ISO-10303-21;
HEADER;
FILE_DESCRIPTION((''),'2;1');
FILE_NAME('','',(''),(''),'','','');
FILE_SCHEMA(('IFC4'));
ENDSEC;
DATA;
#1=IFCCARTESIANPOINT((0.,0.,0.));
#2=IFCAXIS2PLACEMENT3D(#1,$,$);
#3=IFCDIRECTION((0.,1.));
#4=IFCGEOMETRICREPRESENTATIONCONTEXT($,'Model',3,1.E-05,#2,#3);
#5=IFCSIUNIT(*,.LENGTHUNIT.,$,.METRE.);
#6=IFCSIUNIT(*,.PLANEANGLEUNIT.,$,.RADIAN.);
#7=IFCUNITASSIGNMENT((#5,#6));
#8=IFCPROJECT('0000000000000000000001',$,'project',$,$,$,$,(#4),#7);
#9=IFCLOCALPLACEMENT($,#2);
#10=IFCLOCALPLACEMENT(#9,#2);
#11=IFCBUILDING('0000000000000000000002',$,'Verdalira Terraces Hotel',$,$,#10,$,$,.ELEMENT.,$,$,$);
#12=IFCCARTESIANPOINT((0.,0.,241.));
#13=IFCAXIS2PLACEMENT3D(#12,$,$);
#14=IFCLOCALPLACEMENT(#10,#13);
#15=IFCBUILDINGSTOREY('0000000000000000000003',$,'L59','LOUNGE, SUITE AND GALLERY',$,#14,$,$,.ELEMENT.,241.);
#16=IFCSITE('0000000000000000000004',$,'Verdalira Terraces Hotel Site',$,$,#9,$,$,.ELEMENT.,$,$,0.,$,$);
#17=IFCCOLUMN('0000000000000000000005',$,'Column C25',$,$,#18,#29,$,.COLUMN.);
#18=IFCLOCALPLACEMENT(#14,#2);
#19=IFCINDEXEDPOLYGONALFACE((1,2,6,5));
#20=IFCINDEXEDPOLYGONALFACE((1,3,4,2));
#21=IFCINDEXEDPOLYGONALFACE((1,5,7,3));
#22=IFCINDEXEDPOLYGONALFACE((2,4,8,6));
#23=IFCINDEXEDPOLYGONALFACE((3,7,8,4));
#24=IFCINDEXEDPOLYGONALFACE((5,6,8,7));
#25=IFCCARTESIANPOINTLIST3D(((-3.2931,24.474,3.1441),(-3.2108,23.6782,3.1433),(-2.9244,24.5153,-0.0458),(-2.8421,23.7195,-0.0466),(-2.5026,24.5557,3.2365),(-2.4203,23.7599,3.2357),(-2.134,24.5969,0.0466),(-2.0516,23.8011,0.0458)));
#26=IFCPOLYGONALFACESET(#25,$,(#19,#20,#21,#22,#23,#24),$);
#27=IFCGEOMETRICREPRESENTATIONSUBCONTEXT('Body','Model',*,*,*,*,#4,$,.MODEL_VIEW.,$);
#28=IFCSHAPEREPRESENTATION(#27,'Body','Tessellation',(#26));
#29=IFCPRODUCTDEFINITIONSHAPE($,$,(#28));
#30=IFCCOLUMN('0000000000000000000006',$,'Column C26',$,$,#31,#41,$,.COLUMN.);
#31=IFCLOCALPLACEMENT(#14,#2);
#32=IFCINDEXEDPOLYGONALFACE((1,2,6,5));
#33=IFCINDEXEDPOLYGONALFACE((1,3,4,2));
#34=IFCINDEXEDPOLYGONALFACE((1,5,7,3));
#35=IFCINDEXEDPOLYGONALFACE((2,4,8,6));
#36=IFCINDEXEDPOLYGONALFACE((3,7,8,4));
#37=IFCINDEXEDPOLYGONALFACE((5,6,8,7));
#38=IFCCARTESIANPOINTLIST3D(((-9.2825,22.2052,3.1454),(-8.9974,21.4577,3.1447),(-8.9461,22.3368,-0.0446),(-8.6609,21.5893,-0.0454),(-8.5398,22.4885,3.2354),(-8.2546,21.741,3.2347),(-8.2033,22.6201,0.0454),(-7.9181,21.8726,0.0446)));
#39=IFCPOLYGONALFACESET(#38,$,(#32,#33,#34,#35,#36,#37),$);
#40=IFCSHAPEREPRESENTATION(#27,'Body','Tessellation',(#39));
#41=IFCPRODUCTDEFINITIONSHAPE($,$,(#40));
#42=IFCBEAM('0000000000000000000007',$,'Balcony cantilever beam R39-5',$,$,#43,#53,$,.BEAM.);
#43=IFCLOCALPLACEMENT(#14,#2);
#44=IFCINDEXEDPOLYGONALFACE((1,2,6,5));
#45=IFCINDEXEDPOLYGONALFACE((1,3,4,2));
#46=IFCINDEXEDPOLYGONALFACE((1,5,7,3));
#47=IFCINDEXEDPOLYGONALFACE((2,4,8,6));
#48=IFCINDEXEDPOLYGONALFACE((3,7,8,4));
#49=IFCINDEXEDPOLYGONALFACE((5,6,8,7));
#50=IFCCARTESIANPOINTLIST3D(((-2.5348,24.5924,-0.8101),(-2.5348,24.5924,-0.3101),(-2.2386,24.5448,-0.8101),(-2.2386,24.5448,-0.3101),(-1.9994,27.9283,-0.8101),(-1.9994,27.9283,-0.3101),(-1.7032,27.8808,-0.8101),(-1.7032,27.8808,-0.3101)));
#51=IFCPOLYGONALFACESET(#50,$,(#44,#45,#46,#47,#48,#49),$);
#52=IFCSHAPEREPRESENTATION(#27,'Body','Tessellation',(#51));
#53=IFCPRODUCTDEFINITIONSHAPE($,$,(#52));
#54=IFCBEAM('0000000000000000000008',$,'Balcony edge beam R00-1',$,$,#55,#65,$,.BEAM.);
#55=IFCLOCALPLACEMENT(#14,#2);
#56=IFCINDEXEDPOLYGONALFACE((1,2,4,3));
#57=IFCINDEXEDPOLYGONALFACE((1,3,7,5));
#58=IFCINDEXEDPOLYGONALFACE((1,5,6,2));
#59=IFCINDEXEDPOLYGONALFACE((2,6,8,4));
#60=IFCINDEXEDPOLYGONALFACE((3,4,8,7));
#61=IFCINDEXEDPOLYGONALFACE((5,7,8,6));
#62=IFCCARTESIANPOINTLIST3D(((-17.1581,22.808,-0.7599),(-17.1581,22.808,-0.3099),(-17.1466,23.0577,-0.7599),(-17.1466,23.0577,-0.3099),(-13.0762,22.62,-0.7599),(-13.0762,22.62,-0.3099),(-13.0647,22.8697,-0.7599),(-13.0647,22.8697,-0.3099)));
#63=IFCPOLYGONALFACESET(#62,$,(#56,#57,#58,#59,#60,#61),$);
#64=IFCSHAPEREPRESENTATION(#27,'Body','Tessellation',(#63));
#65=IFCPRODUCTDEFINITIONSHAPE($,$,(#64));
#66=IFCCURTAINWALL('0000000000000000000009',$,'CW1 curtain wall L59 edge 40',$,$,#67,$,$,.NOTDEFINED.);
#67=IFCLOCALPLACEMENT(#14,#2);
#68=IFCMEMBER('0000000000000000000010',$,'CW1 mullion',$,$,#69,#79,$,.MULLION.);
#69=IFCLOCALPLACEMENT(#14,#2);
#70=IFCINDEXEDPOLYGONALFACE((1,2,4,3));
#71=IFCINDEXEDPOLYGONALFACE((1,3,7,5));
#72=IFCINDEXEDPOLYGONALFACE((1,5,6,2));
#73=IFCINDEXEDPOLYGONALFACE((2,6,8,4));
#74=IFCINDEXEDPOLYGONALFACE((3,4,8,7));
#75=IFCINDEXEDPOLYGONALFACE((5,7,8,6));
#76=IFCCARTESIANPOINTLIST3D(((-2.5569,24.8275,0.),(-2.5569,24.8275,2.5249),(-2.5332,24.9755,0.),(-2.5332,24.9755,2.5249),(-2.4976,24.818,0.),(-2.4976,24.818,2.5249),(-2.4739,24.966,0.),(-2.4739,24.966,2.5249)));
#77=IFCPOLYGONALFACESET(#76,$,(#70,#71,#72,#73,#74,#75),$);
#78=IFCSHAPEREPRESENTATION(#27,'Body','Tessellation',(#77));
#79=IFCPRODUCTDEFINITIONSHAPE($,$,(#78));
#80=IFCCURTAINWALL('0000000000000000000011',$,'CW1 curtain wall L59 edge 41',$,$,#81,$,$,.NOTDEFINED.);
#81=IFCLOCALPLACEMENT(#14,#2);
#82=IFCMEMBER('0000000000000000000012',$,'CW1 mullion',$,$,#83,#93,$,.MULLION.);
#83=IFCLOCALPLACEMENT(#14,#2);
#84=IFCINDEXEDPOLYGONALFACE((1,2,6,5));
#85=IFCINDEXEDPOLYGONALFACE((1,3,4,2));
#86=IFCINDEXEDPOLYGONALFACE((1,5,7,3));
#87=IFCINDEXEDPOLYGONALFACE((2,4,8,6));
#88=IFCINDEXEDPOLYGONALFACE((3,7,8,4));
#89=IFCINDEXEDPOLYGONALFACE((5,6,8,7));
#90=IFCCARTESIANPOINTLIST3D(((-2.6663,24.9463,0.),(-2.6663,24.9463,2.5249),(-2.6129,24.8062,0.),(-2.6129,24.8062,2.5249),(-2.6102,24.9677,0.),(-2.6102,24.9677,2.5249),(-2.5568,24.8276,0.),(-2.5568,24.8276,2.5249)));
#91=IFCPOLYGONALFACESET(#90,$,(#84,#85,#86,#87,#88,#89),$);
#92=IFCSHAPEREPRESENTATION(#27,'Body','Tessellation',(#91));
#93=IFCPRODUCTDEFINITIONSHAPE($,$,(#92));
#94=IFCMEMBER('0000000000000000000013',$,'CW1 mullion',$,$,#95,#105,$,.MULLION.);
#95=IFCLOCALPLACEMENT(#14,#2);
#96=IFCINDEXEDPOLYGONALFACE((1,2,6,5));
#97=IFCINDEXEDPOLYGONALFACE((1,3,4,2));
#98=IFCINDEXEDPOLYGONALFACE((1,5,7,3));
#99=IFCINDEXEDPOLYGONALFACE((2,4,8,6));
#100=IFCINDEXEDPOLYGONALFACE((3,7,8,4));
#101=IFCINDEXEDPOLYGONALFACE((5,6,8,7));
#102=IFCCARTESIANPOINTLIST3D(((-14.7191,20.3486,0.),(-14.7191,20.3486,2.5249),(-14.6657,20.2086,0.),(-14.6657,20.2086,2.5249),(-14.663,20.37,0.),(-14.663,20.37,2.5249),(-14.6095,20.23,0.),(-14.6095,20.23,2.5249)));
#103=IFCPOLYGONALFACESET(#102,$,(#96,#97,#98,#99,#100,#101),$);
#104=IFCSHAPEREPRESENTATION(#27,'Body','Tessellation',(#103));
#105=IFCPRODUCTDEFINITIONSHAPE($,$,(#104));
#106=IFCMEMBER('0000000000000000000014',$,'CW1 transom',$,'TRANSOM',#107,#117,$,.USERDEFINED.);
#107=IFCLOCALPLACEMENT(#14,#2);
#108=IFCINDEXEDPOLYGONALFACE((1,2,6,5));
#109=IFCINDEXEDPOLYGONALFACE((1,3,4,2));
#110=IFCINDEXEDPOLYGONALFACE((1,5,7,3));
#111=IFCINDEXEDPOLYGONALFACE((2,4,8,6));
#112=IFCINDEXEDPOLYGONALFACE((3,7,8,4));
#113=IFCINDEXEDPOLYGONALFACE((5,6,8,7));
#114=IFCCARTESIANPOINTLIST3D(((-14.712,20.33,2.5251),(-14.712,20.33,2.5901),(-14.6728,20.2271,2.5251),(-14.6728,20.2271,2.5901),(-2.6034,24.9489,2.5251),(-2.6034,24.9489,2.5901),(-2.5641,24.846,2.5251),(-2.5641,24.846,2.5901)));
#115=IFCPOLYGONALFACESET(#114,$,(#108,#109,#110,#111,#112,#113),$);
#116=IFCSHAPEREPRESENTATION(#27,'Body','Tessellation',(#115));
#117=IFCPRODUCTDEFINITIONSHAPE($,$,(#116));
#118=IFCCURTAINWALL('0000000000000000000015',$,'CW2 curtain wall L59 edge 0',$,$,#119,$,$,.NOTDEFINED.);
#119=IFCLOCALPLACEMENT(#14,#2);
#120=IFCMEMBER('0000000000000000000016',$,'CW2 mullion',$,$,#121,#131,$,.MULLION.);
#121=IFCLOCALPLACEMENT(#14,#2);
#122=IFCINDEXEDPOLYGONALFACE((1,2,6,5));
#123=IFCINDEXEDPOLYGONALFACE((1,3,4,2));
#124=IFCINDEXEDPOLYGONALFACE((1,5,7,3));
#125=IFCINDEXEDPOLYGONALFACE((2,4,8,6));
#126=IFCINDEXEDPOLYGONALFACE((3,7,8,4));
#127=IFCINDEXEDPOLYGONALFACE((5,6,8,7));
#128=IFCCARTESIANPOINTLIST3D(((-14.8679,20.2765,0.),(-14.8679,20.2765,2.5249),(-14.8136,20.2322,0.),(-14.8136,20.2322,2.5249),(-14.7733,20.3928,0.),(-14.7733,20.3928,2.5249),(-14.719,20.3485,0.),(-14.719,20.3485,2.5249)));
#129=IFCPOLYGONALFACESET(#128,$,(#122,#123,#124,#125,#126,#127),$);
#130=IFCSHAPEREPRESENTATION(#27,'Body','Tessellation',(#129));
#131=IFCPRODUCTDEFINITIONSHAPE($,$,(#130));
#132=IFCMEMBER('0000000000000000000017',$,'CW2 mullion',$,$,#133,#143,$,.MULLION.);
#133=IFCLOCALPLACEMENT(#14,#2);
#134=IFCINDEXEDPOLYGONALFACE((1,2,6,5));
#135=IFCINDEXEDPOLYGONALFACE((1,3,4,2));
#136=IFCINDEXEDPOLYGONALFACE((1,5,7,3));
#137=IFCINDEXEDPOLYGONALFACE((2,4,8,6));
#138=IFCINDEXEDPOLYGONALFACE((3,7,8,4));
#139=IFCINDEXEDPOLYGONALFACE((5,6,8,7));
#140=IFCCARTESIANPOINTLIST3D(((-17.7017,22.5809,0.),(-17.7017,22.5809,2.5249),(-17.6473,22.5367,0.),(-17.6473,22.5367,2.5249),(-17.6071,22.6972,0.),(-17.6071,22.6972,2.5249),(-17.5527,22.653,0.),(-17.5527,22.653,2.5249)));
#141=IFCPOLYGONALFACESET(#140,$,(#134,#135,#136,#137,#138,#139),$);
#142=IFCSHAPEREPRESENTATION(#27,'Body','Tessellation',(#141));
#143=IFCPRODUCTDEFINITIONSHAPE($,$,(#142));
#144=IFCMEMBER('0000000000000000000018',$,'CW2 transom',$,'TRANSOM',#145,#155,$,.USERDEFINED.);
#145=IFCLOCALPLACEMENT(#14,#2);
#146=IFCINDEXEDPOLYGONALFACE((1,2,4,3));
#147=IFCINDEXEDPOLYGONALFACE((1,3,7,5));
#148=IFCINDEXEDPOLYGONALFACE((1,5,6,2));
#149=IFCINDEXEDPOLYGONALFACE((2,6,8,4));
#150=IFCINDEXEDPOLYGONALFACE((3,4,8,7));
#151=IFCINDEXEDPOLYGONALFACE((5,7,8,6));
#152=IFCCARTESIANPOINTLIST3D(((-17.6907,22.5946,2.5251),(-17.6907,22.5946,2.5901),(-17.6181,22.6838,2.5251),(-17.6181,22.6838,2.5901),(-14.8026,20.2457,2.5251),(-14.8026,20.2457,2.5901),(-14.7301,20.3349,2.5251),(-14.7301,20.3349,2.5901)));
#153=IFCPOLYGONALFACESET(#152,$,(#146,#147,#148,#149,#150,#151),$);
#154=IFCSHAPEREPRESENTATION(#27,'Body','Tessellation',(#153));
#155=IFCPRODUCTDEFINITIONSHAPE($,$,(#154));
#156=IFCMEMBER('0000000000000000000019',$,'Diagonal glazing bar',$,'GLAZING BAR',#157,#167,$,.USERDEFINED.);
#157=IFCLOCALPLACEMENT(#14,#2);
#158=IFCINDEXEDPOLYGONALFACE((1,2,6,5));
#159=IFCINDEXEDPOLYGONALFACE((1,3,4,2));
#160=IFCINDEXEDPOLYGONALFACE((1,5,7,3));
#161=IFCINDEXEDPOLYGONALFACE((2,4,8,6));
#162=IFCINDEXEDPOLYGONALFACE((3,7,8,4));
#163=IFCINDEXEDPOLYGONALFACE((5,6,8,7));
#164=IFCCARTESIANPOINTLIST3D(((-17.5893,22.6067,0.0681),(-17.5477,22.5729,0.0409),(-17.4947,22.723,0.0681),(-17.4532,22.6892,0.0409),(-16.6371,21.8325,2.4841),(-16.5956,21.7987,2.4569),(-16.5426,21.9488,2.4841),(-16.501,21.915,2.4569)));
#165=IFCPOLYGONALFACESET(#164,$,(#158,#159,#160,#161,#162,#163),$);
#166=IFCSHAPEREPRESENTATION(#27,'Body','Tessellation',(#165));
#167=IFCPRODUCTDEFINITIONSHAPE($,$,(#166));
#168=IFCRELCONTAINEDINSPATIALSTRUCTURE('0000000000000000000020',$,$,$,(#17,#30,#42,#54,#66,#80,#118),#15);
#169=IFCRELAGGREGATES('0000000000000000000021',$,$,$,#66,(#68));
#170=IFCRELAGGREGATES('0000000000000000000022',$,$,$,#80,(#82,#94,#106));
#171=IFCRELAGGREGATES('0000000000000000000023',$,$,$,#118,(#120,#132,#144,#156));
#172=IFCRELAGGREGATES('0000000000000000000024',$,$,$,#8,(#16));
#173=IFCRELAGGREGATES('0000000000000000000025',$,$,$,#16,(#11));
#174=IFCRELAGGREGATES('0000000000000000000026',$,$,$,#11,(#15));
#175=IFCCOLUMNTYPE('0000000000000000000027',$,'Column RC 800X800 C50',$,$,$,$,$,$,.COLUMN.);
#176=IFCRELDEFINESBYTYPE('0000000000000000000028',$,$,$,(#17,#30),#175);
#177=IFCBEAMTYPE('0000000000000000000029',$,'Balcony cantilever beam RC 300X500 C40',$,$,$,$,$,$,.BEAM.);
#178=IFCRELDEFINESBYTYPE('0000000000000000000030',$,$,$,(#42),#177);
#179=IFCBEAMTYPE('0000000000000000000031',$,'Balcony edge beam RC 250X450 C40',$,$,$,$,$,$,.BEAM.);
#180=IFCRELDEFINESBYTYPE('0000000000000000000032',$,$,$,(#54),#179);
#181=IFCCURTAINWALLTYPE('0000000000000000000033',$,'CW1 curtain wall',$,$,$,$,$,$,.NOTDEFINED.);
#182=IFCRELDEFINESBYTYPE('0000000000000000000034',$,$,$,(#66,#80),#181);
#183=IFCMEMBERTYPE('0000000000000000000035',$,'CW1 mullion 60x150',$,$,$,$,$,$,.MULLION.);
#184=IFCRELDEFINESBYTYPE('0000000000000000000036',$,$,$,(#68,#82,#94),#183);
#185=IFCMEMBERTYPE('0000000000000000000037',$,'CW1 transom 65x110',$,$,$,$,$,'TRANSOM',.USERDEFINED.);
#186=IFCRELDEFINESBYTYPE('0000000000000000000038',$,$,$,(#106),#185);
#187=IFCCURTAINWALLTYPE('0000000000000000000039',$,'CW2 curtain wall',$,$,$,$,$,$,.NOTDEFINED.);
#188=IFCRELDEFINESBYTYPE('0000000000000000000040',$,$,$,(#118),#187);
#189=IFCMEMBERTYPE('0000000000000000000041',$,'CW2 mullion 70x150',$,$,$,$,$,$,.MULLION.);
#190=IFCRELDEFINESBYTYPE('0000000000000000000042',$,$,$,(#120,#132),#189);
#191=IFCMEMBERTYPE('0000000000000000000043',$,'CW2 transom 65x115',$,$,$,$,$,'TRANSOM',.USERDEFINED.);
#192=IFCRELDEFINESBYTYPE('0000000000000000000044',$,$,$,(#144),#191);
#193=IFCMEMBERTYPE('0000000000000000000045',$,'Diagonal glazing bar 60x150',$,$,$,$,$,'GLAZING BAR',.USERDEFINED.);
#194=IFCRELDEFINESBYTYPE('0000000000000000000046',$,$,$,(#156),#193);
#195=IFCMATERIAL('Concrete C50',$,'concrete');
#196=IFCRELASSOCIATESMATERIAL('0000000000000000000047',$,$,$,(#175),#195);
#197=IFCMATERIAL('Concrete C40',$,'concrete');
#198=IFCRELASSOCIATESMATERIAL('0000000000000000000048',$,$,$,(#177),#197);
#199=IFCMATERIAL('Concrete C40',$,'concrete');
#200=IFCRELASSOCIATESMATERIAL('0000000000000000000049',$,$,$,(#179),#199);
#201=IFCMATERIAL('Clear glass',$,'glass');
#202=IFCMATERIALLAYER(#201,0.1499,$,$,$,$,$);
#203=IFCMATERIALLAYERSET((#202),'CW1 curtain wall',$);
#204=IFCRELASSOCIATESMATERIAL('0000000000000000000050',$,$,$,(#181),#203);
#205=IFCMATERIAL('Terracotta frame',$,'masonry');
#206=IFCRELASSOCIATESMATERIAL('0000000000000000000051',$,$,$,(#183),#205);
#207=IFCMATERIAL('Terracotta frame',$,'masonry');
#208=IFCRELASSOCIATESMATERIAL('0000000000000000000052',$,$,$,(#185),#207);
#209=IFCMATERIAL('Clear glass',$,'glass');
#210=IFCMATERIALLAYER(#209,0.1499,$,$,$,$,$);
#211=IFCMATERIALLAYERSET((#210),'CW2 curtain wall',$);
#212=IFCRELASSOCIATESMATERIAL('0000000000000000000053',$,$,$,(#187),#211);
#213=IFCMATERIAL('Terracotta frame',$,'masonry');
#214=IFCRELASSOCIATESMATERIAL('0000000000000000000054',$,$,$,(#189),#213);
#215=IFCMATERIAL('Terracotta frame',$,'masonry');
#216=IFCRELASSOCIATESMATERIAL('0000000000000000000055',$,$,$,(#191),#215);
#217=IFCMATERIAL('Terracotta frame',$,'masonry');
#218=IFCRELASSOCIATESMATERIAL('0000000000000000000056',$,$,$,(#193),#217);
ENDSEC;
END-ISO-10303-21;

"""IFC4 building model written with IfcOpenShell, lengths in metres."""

from ifc_helpers import new_model, si_unit, direction, frame, origin, origin_2d, place, context, subcontext, project, spatial, rectangle, extrude, material, layer, layer_set, material_profile, profile_set, type_object, element, aggregate, save


model = new_model("IFC4")

# Units and contexts
model_context = context("Model", 3, precision=1e-05, world=origin(), true_north=direction((0.0, 1.0)))
body_context = subcontext(model_context, "Body", "Model", "MODEL_VIEW")
ifc_project = project(units=[si_unit("LENGTHUNIT", "METRE"), si_unit("PLANEANGLEUNIT", "RADIAN")], contexts=[model_context])

# Site, building, storey
site_placement = place(None, origin())
site = spatial("IfcSite", under=ifc_project, at=site_placement, Name="Verdalira Terraces Hotel Site", CompositionType="ELEMENT", RefElevation=0.0)
building_placement = place(site_placement, origin())
building = spatial("IfcBuilding", under=site, at=building_placement, Name="Verdalira Terraces Hotel", CompositionType="ELEMENT")
storey_placement = place(building_placement, frame((0.0, 0.0, 241.0)))
storey = spatial("IfcBuildingStorey", under=building, at=storey_placement, Name="L59", Description="LOUNGE, SUITE AND GALLERY", CompositionType="ELEMENT", Elevation=241.0)

# Columns
ifc_material_1 = material(Name="Concrete C50", Category="concrete")
ifc_material_profile_1 = material_profile(ifc_material_1, rectangle(XDim=0.8, YDim=0.8, at=origin_2d()), Name="RC 800X800")
ifc_profile_set_1 = profile_set([ifc_material_profile_1], Name="Concrete C50")
column_type = type_object("IfcColumnType", Name="Column RC 800X800 C50", PredefinedType="COLUMN", material=ifc_profile_set_1)
column_1_placement = place(storey_placement, frame((-2.488, 24.1582, 0.0), z_axis=(-0.114794, -0.012848, 0.993306), x_axis=(0.988046, 0.102097, 0.115506)))
element("IfcColumn", 1, at=column_1_placement, inside=storey, type_object=column_type, Name="Column C25", PredefinedType="COLUMN", context=body_context, shape_type="SweptSolid", body=[
    extrude(rectangle(XDim=0.8, YDim=0.8, at=origin_2d()), origin(), (0.0, 0.0, 1.0), 3.2114),
])
column_2_placement = place(storey_placement, frame((-8.4321, 22.1047, 0.0), z_axis=(-0.104795, -0.04099, 0.993649), x_axis=(-0.928416, -0.354093, -0.112522)))
element("IfcColumn", 2, at=column_2_placement, inside=storey, type_object=column_type, Name="Column C26", PredefinedType="COLUMN", context=body_context, shape_type="SweptSolid", body=[
    extrude(rectangle(XDim=0.8, YDim=0.8, at=origin_2d()), origin(), (0.0, 0.0, 1.0), 3.2104),
])

# Beams
ifc_material_2 = material(Name="Concrete C40", Category="concrete")
ifc_material_profile_2 = material_profile(ifc_material_2, rectangle(XDim=0.3, YDim=0.5, at=origin_2d()), Name="RC 300X500")
ifc_profile_set_2 = profile_set([ifc_material_profile_2], Name="Concrete C40")
beam_type_1 = type_object("IfcBeamType", Name="Balcony cantilever beam RC 300X500 C40", PredefinedType="BEAM", material=ifc_profile_set_2)
beam_1_placement = place(storey_placement, frame((-2.3867, 24.5686, -0.5601), z_axis=(0.158467, 0.987364, 0.0), x_axis=(-0.987364, 0.158467, 0.0)))
element("IfcBeam", 3, at=beam_1_placement, inside=storey, type_object=beam_type_1, Name="Balcony cantilever beam R39-5", PredefinedType="BEAM", context=body_context, shape_type="SweptSolid", body=[
    extrude(rectangle(XDim=0.3, YDim=0.5, at=origin_2d()), origin(), (0.0, 0.0, 1.0), 3.3787),
])
ifc_material_3 = material(Name="Concrete C40", Category="concrete")
ifc_material_profile_3 = material_profile(ifc_material_3, rectangle(XDim=0.25, YDim=0.45, at=origin_2d()), Name="RC 250X450")
ifc_profile_set_3 = profile_set([ifc_material_profile_3], Name="Concrete C40")
beam_type_2 = type_object("IfcBeamType", Name="Balcony edge beam RC 250X450 C40", PredefinedType="BEAM", material=ifc_profile_set_3)
beam_2_placement = place(storey_placement, frame((-17.1523, 22.9329, -0.5349), z_axis=(0.998941, -0.046007, 0.0), x_axis=(0.046007, 0.998941, 0.0)))
element("IfcBeam", 4, at=beam_2_placement, inside=storey, type_object=beam_type_2, Name="Balcony edge beam R00-1", PredefinedType="BEAM", context=body_context, shape_type="SweptSolid", body=[
    extrude(rectangle(XDim=0.25, YDim=0.45, at=origin_2d()), origin(), (0.0, 0.0, 1.0), 4.0862),
])

# Curtain wall, member
ifc_material_4 = material(Name="Clear glass", Category="glass")
ifc_layer_1 = layer(ifc_material_4, 0.1499)
ifc_layer_set_1 = layer_set([ifc_layer_1], Name="CW1 curtain wall")
curtain_wall_type_1 = type_object("IfcCurtainWallType", Name="CW1 curtain wall", PredefinedType="NOTDEFINED", material=ifc_layer_set_1)
curtain_wall_1_placement = place(storey_placement, origin())
curtain_wall_1 = element("IfcCurtainWall", 5, at=curtain_wall_1_placement, inside=storey, type_object=curtain_wall_type_1, Name="CW1 curtain wall L59 edge 40", PredefinedType="NOTDEFINED")
ifc_material_5 = material(Name="Terracotta frame", Category="masonry")
ifc_material_profile_4 = material_profile(ifc_material_5, rectangle(XDim=0.0601, YDim=0.1499, at=origin_2d()), Name="MU 60x150")
ifc_profile_set_4 = profile_set([ifc_material_profile_4], Name="Terracotta frame")
member_type_1 = type_object("IfcMemberType", Name="CW1 mullion 60x150", PredefinedType="MULLION", material=ifc_profile_set_4)
member_1_placement = place(storey_placement, frame((-2.5154, 24.8967, 0.0), z_axis=(0.0, 0.0, 1.0), x_axis=(-0.987359, 0.158503, 0.0)))
member_1 = element("IfcMember", 6, at=member_1_placement, type_object=member_type_1, Name="CW1 mullion", PredefinedType="MULLION", context=body_context, shape_type="SweptSolid", body=[
    extrude(rectangle(XDim=0.0601, YDim=0.1499, at=origin_2d()), origin(), (0.0, 0.0, 1.0), 2.5249),
])
aggregate(curtain_wall_1, [member_1])

# Curtain walls, members
curtain_wall_2_placement = place(storey_placement, origin())
curtain_wall_2 = element("IfcCurtainWall", 7, at=curtain_wall_2_placement, inside=storey, type_object=curtain_wall_type_1, Name="CW1 curtain wall L59 edge 41", PredefinedType="NOTDEFINED")
member_2_placement = place(storey_placement, frame((-2.6116, 24.887, 0.0), z_axis=(0.0, 0.0, 1.0), x_axis=(-0.934329, -0.356412, 0.0)))
member_2 = element("IfcMember", 8, at=member_2_placement, type_object=member_type_1, Name="CW1 mullion", PredefinedType="MULLION", context=body_context, shape_type="SweptSolid", body=[
    extrude(rectangle(XDim=0.0601, YDim=0.1499, at=origin_2d()), origin(), (0.0, 0.0, 1.0), 2.5249),
])
member_3_placement = place(storey_placement, frame((-14.6643, 20.2893, 0.0), z_axis=(0.0, 0.0, 1.0), x_axis=(-0.934329, -0.356412, 0.0)))
member_3 = element("IfcMember", 9, at=member_3_placement, type_object=member_type_1, Name="CW1 mullion", PredefinedType="MULLION", context=body_context, shape_type="SweptSolid", body=[
    extrude(rectangle(XDim=0.0601, YDim=0.1499, at=origin_2d()), origin(), (0.0, 0.0, 1.0), 2.5249),
])
ifc_material_6 = material(Name="Terracotta frame", Category="masonry")
ifc_material_profile_5 = material_profile(ifc_material_6, rectangle(XDim=0.1101, YDim=0.0649, at=origin_2d()), Name="TR 65x110")
ifc_profile_set_5 = profile_set([ifc_material_profile_5], Name="Terracotta frame")
member_type_2 = type_object("IfcMemberType", Name="CW1 transom 65x110", ElementType="TRANSOM", PredefinedType="USERDEFINED", material=ifc_profile_set_5)
member_4_placement = place(storey_placement, frame((-2.5837, 24.8975, 2.5576), z_axis=(-0.934332, -0.356405, 0.0), x_axis=(0.356405, -0.934332, 0.0)))
member_4 = element("IfcMember", 10, at=member_4_placement, type_object=member_type_2, Name="CW1 transom", ObjectType="TRANSOM", PredefinedType="USERDEFINED", context=body_context, shape_type="SweptSolid", body=[
    extrude(rectangle(XDim=0.1101, YDim=0.0649, at=origin_2d()), origin(), (0.0, 0.0, 1.0), 12.9597),
])
ifc_material_7 = material(Name="Clear glass", Category="glass")
ifc_layer_2 = layer(ifc_material_7, 0.1499)
ifc_layer_set_2 = layer_set([ifc_layer_2], Name="CW2 curtain wall")
curtain_wall_type_2 = type_object("IfcCurtainWallType", Name="CW2 curtain wall", PredefinedType="NOTDEFINED", material=ifc_layer_set_2)
curtain_wall_3_placement = place(storey_placement, origin())
curtain_wall_3 = element("IfcCurtainWall", 11, at=curtain_wall_3_placement, inside=storey, type_object=curtain_wall_type_2, Name="CW2 curtain wall L59 edge 0", PredefinedType="NOTDEFINED")
ifc_material_8 = material(Name="Terracotta frame", Category="masonry")
ifc_material_profile_6 = material_profile(ifc_material_8, rectangle(XDim=0.0701, YDim=0.1499, at=origin_2d()), Name="MU 70x150")
ifc_profile_set_6 = profile_set([ifc_material_profile_6], Name="Terracotta frame")
member_type_3 = type_object("IfcMemberType", Name="CW2 mullion 70x150", PredefinedType="MULLION", material=ifc_profile_set_6)
member_5_placement = place(storey_placement, frame((-14.7935, 20.3125, 0.0), z_axis=(0.0, 0.0, 1.0), x_axis=(-0.775826, 0.630947, 0.0)))
member_5 = element("IfcMember", 12, at=member_5_placement, type_object=member_type_3, Name="CW2 mullion", PredefinedType="MULLION", context=body_context, shape_type="SweptSolid", body=[
    extrude(rectangle(XDim=0.0701, YDim=0.1499, at=origin_2d()), origin(), (0.0, 0.0, 1.0), 2.5249),
])
member_6_placement = place(storey_placement, frame((-17.6272, 22.6169, 0.0), z_axis=(0.0, 0.0, 1.0), x_axis=(-0.775826, 0.630947, 0.0)))
member_6 = element("IfcMember", 13, at=member_6_placement, type_object=member_type_3, Name="CW2 mullion", PredefinedType="MULLION", context=body_context, shape_type="SweptSolid", body=[
    extrude(rectangle(XDim=0.0701, YDim=0.1499, at=origin_2d()), origin(), (0.0, 0.0, 1.0), 2.5249),
])
ifc_material_9 = material(Name="Terracotta frame", Category="masonry")
ifc_material_profile_7 = material_profile(ifc_material_9, rectangle(XDim=0.115, YDim=0.0649, at=origin_2d()), Name="TR 65x115")
ifc_profile_set_7 = profile_set([ifc_material_profile_7], Name="Terracotta frame")
member_type_4 = type_object("IfcMemberType", Name="CW2 transom 65x115", ElementType="TRANSOM", PredefinedType="USERDEFINED", material=ifc_profile_set_7)
member_7_placement = place(storey_placement, frame((-14.7664, 20.2903, 2.5576), z_axis=(-0.775795, 0.630985, 0.0), x_axis=(-0.630985, -0.775795, 0.0)))
member_7 = element("IfcMember", 14, at=member_7_placement, type_object=member_type_4, Name="CW2 transom", ObjectType="TRANSOM", PredefinedType="USERDEFINED", context=body_context, shape_type="SweptSolid", body=[
    extrude(rectangle(XDim=0.115, YDim=0.0649, at=origin_2d()), origin(), (0.0, 0.0, 1.0), 3.7227),
])
ifc_material_10 = material(Name="Terracotta frame", Category="masonry")
ifc_material_profile_8 = material_profile(ifc_material_10, rectangle(XDim=0.1499, YDim=0.0601, at=origin_2d()), Name="GB 60x150")
ifc_profile_set_8 = profile_set([ifc_material_profile_8], Name="Terracotta frame")
member_type_5 = type_object("IfcMemberType", Name="Diagonal glazing bar 60x150", ElementType="GLAZING BAR", PredefinedType="USERDEFINED", material=ifc_profile_set_8)
member_8_placement = place(storey_placement, frame((-16.5691, 21.8738, 2.4705), z_axis=(-0.351371, 0.285692, -0.891582), x_axis=(-0.630862, -0.775895, 0.0)))
member_8 = element("IfcMember", 15, at=member_8_placement, type_object=member_type_5, Name="Diagonal glazing bar", ObjectType="GLAZING BAR", PredefinedType="USERDEFINED", context=body_context, shape_type="SweptSolid", body=[
    extrude(rectangle(XDim=0.1499, YDim=0.0601, at=origin_2d()), origin(), (0.0, 0.0, 1.0), 2.7097),
])

aggregate(curtain_wall_2, [member_2, member_3, member_4])
aggregate(curtain_wall_3, [member_5, member_6, member_7, member_8])

save(model, "model.ifc")
